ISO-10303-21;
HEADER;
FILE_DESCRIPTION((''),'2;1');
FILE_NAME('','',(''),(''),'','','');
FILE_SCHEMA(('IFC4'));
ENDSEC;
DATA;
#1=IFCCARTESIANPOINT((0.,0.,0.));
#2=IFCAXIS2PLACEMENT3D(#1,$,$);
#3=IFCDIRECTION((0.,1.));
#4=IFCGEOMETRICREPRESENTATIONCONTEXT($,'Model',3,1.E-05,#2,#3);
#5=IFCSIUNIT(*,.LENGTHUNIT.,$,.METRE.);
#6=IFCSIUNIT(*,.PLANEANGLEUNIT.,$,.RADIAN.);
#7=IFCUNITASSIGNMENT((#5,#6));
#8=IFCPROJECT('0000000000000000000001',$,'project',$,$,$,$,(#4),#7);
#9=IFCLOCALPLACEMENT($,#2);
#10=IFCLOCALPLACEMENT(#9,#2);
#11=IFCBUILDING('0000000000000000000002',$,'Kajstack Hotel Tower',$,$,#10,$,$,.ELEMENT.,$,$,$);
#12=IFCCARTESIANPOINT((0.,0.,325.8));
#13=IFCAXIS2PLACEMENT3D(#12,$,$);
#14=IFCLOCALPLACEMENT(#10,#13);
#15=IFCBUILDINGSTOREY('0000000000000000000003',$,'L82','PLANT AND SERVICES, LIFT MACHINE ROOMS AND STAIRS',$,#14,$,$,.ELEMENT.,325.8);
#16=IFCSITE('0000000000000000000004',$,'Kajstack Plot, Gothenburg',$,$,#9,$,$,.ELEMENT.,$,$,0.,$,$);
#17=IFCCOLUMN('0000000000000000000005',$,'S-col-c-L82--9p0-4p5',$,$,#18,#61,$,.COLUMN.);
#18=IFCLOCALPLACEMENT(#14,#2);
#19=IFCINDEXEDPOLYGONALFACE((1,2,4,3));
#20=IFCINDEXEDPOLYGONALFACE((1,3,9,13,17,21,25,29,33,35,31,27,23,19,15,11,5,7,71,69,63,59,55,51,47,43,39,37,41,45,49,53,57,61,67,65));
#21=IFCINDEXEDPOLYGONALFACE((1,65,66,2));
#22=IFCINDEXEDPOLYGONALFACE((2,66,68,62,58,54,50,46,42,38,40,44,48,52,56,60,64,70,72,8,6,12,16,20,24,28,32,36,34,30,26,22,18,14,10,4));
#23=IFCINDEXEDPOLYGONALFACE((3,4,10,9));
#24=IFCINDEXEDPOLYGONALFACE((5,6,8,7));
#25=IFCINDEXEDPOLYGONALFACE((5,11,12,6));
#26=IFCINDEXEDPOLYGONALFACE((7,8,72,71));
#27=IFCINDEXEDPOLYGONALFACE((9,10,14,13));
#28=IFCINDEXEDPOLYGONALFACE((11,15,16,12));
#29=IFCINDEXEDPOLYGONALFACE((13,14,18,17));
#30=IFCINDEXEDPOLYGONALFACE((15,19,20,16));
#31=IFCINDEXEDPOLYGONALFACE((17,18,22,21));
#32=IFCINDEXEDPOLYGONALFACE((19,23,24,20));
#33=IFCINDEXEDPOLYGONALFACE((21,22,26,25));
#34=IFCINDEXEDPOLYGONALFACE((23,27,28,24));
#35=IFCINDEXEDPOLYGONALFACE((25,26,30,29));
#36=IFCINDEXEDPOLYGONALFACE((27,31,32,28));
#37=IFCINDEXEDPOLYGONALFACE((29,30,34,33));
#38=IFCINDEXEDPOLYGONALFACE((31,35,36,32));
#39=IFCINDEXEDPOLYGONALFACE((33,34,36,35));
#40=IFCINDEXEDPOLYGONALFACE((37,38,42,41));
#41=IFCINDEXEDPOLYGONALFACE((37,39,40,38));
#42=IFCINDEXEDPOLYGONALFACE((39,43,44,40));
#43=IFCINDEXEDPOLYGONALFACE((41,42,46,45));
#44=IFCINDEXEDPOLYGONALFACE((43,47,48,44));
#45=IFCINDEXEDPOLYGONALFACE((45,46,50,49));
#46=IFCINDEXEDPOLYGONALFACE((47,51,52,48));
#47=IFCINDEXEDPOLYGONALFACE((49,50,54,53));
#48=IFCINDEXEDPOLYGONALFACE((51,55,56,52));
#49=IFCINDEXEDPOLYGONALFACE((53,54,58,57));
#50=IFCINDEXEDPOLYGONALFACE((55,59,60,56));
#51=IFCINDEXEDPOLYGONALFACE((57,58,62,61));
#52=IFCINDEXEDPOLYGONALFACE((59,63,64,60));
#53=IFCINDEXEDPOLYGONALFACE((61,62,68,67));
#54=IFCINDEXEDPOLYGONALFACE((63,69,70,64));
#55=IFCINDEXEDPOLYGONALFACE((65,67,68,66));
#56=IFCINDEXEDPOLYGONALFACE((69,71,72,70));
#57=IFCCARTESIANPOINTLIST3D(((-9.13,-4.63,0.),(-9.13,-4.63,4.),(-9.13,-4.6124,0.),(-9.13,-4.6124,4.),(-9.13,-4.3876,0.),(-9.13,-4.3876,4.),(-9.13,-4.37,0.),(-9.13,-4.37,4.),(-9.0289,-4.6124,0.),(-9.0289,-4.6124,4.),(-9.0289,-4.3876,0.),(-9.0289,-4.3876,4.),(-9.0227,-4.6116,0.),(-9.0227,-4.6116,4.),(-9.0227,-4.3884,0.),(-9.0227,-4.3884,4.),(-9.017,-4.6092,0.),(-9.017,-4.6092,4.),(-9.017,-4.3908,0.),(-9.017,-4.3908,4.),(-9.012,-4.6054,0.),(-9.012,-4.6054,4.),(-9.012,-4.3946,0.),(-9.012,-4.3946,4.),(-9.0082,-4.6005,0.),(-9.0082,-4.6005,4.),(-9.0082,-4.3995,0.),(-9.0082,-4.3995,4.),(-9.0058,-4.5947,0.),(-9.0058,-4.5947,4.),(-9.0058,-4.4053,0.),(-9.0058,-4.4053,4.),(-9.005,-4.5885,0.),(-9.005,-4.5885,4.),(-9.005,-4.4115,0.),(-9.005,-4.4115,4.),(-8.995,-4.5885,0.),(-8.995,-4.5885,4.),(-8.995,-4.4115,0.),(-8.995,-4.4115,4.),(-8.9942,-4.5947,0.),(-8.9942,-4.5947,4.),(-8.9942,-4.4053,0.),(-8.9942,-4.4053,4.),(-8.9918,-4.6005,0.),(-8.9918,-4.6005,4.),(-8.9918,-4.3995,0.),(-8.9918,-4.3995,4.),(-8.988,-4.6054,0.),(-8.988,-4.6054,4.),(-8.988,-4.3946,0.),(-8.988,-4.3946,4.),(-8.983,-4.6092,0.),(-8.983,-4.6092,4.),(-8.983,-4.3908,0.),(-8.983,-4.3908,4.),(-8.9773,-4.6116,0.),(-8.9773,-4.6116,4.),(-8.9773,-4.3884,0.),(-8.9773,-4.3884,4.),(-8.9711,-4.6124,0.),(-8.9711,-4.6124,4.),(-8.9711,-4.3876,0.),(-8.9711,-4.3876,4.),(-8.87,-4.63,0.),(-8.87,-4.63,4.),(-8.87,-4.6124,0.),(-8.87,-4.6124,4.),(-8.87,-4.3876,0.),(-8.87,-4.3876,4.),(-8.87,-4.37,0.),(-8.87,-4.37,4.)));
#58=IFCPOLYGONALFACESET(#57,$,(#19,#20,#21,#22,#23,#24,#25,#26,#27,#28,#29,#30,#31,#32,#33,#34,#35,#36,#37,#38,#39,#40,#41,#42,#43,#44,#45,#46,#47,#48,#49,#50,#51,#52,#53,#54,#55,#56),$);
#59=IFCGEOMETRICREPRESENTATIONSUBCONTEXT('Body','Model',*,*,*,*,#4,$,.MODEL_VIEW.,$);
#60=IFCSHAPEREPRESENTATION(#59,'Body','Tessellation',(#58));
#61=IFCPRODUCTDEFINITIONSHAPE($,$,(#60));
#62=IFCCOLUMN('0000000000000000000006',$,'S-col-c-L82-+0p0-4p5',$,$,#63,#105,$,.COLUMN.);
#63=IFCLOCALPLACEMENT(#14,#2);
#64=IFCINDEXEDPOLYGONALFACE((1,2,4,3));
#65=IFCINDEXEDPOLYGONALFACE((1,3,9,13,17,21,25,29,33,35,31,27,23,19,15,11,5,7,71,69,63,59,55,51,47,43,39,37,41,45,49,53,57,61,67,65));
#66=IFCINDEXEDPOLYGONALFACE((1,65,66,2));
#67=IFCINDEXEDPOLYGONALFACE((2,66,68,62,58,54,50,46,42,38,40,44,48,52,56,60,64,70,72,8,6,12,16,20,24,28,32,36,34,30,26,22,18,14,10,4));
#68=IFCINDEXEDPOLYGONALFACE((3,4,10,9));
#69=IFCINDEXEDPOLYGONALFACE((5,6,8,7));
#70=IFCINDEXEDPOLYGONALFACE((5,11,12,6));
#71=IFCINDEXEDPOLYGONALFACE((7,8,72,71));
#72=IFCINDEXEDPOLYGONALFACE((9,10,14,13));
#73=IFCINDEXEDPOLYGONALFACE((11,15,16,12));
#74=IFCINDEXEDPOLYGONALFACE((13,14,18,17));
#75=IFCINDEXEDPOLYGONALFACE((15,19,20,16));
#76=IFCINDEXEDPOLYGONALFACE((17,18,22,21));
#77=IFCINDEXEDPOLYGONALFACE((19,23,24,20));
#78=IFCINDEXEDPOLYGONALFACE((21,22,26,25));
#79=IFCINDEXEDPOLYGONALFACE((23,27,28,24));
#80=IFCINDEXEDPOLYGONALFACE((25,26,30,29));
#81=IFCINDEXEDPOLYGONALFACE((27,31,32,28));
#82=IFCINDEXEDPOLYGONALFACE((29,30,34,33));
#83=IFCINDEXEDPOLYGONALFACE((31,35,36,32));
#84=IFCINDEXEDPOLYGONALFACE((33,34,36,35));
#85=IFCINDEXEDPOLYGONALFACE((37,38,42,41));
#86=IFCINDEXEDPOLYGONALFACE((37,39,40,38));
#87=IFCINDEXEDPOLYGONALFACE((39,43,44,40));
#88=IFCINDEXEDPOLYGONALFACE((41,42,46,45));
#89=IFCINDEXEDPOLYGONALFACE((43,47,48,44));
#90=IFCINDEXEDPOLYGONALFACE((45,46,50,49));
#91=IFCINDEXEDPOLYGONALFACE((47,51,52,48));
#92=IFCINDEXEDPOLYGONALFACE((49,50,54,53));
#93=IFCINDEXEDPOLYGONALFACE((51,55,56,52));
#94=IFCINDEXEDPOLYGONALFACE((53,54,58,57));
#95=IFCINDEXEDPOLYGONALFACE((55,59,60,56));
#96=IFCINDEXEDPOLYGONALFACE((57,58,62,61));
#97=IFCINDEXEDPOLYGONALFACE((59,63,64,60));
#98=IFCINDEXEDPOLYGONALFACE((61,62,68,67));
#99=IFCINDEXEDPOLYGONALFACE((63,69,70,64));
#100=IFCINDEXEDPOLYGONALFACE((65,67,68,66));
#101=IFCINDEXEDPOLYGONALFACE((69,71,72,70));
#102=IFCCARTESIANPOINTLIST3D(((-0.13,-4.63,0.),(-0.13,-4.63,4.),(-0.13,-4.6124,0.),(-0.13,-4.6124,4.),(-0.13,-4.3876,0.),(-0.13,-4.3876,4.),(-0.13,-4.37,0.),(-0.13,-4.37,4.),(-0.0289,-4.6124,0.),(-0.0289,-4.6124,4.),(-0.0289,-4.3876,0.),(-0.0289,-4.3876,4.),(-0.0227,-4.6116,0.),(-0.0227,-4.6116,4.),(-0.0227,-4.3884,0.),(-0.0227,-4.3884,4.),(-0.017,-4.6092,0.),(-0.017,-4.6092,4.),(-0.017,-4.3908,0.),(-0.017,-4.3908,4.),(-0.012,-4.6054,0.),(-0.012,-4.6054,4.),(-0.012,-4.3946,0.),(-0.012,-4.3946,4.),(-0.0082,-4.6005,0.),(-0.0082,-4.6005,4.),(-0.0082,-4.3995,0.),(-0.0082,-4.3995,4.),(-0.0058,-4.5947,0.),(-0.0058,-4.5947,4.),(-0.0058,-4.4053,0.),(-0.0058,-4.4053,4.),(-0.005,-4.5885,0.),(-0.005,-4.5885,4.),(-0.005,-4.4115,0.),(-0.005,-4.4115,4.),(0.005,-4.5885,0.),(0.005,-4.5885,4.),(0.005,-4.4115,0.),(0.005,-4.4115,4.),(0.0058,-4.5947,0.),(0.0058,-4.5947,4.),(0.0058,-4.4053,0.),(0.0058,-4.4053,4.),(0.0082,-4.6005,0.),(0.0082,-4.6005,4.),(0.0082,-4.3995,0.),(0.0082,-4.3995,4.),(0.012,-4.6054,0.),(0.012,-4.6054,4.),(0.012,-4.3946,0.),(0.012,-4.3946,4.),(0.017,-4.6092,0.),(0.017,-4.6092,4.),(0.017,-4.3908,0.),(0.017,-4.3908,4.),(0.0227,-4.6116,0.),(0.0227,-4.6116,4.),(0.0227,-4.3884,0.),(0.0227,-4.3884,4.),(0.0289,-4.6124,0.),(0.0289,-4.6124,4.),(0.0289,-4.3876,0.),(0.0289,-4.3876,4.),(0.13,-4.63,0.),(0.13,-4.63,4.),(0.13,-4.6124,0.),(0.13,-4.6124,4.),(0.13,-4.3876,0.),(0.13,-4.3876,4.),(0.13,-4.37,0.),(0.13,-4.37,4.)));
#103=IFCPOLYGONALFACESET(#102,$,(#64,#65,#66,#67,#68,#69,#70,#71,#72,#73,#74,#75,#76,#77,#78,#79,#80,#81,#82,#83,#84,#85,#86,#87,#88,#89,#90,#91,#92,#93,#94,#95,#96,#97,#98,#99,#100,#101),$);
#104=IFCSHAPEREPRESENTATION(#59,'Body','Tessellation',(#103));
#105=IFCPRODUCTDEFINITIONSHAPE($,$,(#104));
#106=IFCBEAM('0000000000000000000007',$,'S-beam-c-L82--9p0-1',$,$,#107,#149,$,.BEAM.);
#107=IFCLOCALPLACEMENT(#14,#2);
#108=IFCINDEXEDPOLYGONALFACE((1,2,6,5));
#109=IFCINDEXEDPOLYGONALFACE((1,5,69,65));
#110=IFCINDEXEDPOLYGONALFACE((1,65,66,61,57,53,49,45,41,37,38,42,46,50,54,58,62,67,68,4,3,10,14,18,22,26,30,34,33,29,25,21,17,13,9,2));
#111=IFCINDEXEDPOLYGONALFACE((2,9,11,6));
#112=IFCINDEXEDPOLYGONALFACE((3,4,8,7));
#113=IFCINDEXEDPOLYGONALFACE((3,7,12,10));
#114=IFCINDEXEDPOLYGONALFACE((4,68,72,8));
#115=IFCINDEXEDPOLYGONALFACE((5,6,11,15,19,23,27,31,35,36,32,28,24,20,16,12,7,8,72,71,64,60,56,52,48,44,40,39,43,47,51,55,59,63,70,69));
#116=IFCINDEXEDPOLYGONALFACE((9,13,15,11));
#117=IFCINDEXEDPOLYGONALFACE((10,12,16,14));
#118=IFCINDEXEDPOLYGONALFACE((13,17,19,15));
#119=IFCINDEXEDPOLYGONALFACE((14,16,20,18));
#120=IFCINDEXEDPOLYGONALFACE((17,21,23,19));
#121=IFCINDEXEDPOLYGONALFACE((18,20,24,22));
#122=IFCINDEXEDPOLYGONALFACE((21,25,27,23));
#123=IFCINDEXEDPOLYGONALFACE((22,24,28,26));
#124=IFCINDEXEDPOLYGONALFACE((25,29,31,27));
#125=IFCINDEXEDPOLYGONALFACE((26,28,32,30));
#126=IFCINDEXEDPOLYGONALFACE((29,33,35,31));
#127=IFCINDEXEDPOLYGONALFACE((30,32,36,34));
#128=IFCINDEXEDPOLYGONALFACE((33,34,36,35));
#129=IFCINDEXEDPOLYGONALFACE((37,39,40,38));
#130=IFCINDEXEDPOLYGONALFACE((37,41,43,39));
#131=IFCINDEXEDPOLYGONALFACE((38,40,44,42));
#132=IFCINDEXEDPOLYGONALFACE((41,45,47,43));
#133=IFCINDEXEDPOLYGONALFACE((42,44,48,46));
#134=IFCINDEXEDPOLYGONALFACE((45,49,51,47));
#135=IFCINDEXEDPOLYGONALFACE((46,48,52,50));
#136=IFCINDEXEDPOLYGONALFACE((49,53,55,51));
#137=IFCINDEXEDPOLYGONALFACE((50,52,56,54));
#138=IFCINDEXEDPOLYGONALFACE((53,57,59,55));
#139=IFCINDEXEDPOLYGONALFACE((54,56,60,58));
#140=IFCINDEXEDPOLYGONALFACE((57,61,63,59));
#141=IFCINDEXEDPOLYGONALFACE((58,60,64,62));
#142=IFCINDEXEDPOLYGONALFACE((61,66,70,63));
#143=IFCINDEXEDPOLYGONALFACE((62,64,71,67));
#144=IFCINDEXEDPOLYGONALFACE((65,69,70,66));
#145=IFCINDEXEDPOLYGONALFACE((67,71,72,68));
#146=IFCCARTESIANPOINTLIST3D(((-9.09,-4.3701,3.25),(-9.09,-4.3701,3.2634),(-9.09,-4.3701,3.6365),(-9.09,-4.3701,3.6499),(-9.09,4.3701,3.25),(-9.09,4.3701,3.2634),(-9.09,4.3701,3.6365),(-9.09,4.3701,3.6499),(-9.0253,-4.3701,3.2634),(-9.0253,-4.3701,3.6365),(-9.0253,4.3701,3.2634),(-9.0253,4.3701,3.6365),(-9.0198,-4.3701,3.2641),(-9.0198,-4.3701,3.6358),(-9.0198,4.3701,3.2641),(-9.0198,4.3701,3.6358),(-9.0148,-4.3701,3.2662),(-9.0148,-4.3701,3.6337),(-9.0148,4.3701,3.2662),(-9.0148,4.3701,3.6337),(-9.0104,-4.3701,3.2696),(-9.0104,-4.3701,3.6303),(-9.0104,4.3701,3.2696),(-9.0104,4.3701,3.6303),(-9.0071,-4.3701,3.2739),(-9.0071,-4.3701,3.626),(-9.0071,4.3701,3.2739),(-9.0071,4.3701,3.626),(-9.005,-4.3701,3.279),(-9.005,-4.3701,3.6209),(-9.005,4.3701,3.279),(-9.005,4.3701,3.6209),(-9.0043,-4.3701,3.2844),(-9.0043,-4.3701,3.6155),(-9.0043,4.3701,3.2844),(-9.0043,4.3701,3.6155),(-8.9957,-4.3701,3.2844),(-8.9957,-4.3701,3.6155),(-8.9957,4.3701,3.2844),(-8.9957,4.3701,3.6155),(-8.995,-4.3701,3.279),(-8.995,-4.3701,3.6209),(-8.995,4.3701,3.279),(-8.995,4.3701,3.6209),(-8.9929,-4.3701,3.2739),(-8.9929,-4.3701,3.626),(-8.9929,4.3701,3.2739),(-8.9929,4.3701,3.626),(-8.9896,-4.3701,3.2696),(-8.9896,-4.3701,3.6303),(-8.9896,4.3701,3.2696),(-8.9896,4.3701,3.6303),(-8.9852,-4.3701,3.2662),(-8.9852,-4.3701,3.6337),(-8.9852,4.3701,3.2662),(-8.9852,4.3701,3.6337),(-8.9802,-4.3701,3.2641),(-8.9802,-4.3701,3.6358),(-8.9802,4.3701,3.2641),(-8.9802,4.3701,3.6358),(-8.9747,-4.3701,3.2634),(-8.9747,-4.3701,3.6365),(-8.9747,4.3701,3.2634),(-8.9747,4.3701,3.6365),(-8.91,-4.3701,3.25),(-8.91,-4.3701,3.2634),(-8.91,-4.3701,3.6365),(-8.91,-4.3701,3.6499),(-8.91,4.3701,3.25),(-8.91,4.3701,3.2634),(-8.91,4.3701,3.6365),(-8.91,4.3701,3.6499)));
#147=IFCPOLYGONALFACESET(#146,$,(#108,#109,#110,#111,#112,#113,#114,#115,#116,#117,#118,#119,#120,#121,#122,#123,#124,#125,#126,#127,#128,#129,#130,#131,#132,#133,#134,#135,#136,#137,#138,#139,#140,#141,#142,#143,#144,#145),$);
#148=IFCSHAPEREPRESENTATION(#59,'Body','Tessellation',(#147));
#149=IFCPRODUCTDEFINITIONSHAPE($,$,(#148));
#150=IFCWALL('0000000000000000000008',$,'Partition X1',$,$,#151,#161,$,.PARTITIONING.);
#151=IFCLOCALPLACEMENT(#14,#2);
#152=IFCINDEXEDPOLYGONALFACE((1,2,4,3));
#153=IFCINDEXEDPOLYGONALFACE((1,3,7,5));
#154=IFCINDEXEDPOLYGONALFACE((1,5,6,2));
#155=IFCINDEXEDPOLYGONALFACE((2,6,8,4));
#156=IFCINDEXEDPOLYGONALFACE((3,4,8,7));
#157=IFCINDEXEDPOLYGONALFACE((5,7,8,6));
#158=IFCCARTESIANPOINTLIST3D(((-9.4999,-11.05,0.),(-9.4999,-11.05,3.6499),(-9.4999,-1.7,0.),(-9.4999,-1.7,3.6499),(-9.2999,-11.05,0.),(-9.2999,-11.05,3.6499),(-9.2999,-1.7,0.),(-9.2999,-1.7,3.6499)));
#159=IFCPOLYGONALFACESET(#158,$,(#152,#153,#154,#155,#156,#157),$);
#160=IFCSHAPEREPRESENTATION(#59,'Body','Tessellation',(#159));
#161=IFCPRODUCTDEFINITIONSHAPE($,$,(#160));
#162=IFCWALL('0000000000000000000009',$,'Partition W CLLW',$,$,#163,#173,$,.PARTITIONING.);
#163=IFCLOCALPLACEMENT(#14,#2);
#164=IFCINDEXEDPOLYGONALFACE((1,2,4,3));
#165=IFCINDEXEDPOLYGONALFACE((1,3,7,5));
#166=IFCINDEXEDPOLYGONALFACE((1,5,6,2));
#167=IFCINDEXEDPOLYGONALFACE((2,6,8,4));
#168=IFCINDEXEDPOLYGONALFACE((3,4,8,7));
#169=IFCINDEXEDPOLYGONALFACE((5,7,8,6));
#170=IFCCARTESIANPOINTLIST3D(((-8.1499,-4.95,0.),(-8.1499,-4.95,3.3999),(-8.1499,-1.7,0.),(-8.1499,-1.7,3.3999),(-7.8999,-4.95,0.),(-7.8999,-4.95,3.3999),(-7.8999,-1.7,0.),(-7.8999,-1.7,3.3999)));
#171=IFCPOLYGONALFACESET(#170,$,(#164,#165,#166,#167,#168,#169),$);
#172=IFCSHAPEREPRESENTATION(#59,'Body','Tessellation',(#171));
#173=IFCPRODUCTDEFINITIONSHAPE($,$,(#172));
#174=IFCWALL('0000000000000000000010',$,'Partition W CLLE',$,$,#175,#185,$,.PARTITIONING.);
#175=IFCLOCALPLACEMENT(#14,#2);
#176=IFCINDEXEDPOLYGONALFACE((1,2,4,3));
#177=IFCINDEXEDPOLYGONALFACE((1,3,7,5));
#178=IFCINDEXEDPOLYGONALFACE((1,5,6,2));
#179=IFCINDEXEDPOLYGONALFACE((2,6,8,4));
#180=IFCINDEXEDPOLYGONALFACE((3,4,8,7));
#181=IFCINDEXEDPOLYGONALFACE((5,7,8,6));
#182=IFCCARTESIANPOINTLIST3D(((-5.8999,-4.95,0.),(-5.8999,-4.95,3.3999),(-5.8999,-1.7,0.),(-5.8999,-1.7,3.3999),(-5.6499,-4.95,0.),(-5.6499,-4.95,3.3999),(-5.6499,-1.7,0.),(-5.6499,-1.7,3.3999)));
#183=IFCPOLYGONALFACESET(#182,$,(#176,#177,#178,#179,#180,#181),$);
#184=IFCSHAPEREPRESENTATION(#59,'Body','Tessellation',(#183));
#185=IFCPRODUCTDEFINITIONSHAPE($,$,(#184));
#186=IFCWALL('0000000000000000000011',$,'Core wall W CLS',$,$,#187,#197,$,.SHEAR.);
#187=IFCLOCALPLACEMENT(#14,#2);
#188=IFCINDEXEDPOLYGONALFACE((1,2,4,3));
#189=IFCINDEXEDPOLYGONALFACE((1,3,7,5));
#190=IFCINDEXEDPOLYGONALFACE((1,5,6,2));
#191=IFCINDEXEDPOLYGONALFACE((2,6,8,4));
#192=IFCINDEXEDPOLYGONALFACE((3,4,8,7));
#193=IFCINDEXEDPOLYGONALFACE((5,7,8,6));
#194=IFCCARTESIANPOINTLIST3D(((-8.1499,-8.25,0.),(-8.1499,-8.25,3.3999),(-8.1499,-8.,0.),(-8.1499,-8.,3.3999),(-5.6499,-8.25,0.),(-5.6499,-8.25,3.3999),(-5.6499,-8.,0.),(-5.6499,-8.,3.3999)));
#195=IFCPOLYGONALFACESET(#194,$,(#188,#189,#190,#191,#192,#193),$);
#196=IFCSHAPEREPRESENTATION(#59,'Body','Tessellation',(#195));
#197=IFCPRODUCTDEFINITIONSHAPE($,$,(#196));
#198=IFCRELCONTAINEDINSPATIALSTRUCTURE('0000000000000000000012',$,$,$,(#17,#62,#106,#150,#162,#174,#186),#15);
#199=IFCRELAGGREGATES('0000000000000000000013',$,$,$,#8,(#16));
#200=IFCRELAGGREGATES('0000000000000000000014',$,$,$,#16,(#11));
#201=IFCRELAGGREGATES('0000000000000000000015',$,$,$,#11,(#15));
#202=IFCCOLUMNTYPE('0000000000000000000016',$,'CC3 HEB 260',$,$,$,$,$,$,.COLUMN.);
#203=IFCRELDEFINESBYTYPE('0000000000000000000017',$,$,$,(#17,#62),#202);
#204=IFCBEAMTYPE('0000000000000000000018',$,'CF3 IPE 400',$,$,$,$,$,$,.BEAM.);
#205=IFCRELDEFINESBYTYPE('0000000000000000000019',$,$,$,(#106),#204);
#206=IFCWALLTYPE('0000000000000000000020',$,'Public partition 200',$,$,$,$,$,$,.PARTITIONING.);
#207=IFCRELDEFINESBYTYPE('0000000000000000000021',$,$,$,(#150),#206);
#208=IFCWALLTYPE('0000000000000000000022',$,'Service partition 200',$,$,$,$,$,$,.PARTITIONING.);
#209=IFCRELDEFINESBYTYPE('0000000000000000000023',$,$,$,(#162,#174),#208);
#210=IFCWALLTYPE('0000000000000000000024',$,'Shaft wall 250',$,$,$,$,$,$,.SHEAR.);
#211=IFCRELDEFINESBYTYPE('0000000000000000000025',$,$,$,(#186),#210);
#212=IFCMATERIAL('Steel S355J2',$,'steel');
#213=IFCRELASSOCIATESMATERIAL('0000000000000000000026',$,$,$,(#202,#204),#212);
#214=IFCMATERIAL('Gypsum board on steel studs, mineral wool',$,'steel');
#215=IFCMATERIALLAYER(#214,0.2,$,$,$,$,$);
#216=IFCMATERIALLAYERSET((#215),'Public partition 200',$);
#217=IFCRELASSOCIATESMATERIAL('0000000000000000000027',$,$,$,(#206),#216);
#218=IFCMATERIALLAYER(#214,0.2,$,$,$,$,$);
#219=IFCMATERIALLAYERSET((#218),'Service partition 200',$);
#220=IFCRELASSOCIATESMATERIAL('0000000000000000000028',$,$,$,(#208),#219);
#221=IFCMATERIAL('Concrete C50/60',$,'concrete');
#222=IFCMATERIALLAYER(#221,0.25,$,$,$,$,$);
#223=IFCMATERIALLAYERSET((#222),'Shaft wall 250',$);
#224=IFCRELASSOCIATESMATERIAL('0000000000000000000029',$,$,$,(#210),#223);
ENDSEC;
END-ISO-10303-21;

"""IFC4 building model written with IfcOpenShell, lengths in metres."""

from ifc_helpers import new_model, si_unit, direction, frame, frame_2d, origin, origin_2d, place, context, subcontext, project, spatial, rectangle, i_section, extrude, material, layer, layer_set, material_profile, profile_set, type_object, element, save


model = new_model("IFC4")

# Units and contexts
model_context = context("Model", 3, precision=1e-05, world=origin(), true_north=direction((0.0, 1.0)))
body_context = subcontext(model_context, "Body", "Model", "MODEL_VIEW")
ifc_project = project(units=[si_unit("LENGTHUNIT", "METRE"), si_unit("PLANEANGLEUNIT", "RADIAN")], contexts=[model_context])

# Site, building, storey
site_placement = place(None, origin())
site = spatial("IfcSite", under=ifc_project, at=site_placement, Name="Kajstack Plot, Gothenburg", CompositionType="ELEMENT", RefElevation=0.0)
building_placement = place(site_placement, origin())
building = spatial("IfcBuilding", under=site, at=building_placement, Name="Kajstack Hotel Tower", CompositionType="ELEMENT")
storey_placement = place(building_placement, frame((0.0, 0.0, 325.8)))
storey = spatial("IfcBuildingStorey", under=building, at=storey_placement, Name="L82", Description="PLANT AND SERVICES, LIFT MACHINE ROOMS AND STAIRS", CompositionType="ELEMENT", Elevation=325.8)

# Columns
ifc_material_1 = material(Name="Steel S355J2", Category="steel")
ifc_material_profile_1 = material_profile(ifc_material_1, i_section(OverallWidth=0.26, OverallDepth=0.26, WebThickness=0.01, FlangeThickness=0.0176, FilletRadius=0.0239, at=origin_2d()), Name="HEB 260")
ifc_profile_set_1 = profile_set([ifc_material_profile_1], Name="Steel S355J2")
column_type = type_object("IfcColumnType", Name="CC3 HEB 260", PredefinedType="COLUMN", material=ifc_profile_set_1)
for number, where, z_axis, x_axis, name in (
    (1, (-9.0, -4.5, 0.0), (0.0, 0.0, 1.0), (1.0, 0.0, 0.0), "S-col-c-L82--9p0-4p5"),
    (2, (0.0, -4.5, 0.0), (0.0, 0.0, 1.0), (1.0, 0.0, 0.0), "S-col-c-L82-+0p0-4p5"),
):
    element("IfcColumn", number, at=place(storey_placement, frame(where, z_axis=z_axis, x_axis=x_axis)), inside=storey, type_object=column_type, Name=name, PredefinedType="COLUMN", context=body_context, shape_type="SweptSolid", body=[
        extrude(i_section(OverallWidth=0.26, OverallDepth=0.26, WebThickness=0.01, FlangeThickness=0.0176, FilletRadius=0.0239, at=origin_2d()), origin(), (0.0, 0.0, 1.0), 4.0),
    ])

# Beam
ifc_material_profile_2 = material_profile(ifc_material_1, i_section(OverallWidth=0.1799, OverallDepth=0.3999, WebThickness=0.0085, FlangeThickness=0.0134, FilletRadius=0.021, at=origin_2d()), Name="IPE 400")
ifc_profile_set_2 = profile_set([ifc_material_profile_2], Name="Steel S355J2")
beam_type = type_object("IfcBeamType", Name="CF3 IPE 400", PredefinedType="BEAM", material=ifc_profile_set_2)
beam_placement = place(storey_placement, frame((-9.0, -4.3701, 3.45), z_axis=(0.0, 1.0, 0.0), x_axis=(-1.0, 0.0, 0.0)))
element("IfcBeam", 3, at=beam_placement, inside=storey, type_object=beam_type, Name="S-beam-c-L82--9p0-1", PredefinedType="BEAM", context=body_context, shape_type="SweptSolid", body=[
    extrude(i_section(OverallWidth=0.1799, OverallDepth=0.3999, WebThickness=0.0085, FlangeThickness=0.0134, FilletRadius=0.021, at=origin_2d()), origin(), (0.0, 0.0, 1.0), 8.7402),
])

# Walls
ifc_material_2 = material(Name="Gypsum board on steel studs, mineral wool", Category="steel")
ifc_layer_1 = layer(ifc_material_2, 0.2)
ifc_layer_set_1 = layer_set([ifc_layer_1], Name="Public partition 200")
wall_type_1 = type_object("IfcWallType", Name="Public partition 200", PredefinedType="PARTITIONING", material=ifc_layer_set_1)
wall_1_placement = place(storey_placement, frame((-9.3999, -11.05, 0.0), z_axis=(0.0, 0.0, 1.0), x_axis=(0.0, 1.0, 0.0)))
element("IfcWall", 4, at=wall_1_placement, inside=storey, type_object=wall_type_1, Name="Partition X1", PredefinedType="PARTITIONING", context=body_context, shape_type="SweptSolid", body=[
    extrude(rectangle(XDim=9.3501, YDim=0.2, at=frame_2d((4.675, 0.0))), origin(), (0.0, 0.0, 1.0), 3.6499),
])
ifc_layer_2 = layer(ifc_material_2, 0.2)
ifc_layer_set_2 = layer_set([ifc_layer_2], Name="Service partition 200")
wall_type_2 = type_object("IfcWallType", Name="Service partition 200", PredefinedType="PARTITIONING", material=ifc_layer_set_2)
for number, where, z_axis, x_axis, name in (
    (5, (-8.0249, -4.95, 0.0), (0.0, 0.0, 1.0), (0.0, 1.0, 0.0), "Partition W CLLW"),
    (6, (-5.7749, -4.95, 0.0), (0.0, 0.0, 1.0), (0.0, 1.0, 0.0), "Partition W CLLE"),
):
    element("IfcWall", number, at=place(storey_placement, frame(where, z_axis=z_axis, x_axis=x_axis)), inside=storey, type_object=wall_type_2, Name=name, PredefinedType="PARTITIONING", context=body_context, shape_type="SweptSolid", body=[
        extrude(rectangle(XDim=3.25, YDim=0.25, at=frame_2d((1.625, 0.0))), origin(), (0.0, 0.0, 1.0), 3.3999),
    ])
ifc_material_3 = material(Name="Concrete C50/60", Category="concrete")
ifc_layer_3 = layer(ifc_material_3, 0.25)
ifc_layer_set_3 = layer_set([ifc_layer_3], Name="Shaft wall 250")
wall_type_3 = type_object("IfcWallType", Name="Shaft wall 250", PredefinedType="SHEAR", material=ifc_layer_set_3)
wall_2_placement = place(storey_placement, frame((-8.1499, -8.125, 0.0), z_axis=(0.0, 0.0, 1.0), x_axis=(1.0, 0.0, 0.0)))
element("IfcWall", 7, at=wall_2_placement, inside=storey, type_object=wall_type_3, Name="Core wall W CLS", PredefinedType="SHEAR", context=body_context, shape_type="SweptSolid", body=[
    extrude(rectangle(XDim=2.5, YDim=0.25, at=frame_2d((1.25, 0.0))), origin(), (0.0, 0.0, 1.0), 3.3999),
])

save(model, "model.ifc")
